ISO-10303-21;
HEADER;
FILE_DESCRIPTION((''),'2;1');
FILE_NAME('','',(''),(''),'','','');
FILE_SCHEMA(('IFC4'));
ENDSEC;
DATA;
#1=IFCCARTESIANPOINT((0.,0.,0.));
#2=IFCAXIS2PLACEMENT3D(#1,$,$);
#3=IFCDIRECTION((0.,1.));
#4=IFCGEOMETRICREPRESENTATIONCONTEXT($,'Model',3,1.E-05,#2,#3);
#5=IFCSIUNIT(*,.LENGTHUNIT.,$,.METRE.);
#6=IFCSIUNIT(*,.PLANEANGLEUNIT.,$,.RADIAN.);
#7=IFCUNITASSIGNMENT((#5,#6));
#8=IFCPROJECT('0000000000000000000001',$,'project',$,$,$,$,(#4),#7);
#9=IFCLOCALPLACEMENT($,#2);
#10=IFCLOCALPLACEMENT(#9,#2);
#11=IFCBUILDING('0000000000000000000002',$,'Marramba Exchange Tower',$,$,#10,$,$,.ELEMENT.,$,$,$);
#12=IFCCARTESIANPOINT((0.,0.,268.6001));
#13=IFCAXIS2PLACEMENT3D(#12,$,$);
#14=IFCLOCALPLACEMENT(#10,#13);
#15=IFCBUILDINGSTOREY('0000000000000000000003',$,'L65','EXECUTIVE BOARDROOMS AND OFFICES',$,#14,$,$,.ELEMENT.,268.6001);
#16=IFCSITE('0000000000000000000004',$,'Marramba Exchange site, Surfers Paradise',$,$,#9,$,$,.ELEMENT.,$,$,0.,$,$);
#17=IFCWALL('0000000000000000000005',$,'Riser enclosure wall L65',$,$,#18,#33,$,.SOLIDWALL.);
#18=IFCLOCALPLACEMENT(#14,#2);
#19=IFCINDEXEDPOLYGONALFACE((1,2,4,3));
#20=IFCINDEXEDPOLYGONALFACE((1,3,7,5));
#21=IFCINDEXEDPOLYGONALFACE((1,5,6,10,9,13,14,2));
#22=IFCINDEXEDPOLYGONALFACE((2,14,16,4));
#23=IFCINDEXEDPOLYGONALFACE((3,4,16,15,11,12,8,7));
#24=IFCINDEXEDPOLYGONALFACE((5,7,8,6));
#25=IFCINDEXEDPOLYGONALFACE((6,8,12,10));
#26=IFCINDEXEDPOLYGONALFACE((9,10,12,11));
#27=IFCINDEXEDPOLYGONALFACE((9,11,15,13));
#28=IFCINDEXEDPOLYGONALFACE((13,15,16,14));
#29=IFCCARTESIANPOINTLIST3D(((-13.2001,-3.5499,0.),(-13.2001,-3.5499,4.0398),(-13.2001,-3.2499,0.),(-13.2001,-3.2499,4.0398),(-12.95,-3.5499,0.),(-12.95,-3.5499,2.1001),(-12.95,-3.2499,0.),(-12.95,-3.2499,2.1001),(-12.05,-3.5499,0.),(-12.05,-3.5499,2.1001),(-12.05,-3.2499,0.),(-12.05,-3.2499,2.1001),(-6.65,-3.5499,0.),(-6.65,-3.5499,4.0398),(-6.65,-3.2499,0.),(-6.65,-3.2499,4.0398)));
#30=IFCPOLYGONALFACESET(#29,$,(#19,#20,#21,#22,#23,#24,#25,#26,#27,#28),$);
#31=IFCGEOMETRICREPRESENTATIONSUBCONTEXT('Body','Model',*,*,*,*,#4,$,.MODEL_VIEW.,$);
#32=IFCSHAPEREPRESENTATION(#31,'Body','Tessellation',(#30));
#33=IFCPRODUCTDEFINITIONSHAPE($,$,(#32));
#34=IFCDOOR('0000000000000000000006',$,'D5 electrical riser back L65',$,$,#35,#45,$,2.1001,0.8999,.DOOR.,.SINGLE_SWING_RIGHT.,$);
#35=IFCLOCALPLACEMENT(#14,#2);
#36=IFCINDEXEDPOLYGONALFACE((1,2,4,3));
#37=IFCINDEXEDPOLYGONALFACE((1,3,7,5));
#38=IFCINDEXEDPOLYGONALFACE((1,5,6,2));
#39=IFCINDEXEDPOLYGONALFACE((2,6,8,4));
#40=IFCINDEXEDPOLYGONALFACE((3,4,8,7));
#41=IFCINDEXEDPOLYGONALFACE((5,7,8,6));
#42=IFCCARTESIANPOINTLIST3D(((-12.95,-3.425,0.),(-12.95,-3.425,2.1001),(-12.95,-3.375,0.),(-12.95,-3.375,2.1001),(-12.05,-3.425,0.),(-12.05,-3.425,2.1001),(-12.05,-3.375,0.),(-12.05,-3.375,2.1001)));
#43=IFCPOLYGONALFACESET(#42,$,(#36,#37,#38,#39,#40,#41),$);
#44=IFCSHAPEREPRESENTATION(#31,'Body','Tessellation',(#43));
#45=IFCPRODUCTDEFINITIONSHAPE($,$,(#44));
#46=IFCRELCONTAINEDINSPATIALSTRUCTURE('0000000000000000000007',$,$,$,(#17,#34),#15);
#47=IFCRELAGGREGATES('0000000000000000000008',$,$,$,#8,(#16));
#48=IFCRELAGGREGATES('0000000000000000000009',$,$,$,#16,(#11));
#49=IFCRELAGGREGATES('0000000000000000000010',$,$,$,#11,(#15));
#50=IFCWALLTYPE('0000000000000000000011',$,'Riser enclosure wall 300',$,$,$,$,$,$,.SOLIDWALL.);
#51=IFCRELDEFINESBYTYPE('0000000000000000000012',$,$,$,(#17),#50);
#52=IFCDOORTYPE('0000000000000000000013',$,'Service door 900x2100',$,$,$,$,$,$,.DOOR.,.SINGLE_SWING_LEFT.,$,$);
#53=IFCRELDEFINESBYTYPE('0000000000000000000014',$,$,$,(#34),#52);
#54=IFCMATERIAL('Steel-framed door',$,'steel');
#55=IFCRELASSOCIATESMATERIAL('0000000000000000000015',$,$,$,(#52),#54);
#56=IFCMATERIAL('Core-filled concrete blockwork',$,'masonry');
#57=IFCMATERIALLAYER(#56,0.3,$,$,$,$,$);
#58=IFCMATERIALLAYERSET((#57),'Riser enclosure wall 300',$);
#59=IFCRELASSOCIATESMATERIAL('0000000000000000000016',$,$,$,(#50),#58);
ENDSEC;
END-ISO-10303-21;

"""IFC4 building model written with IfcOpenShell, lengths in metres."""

from ifc_helpers import new_model, si_unit, direction, frame, frame_2d, origin, place, context, subcontext, project, spatial, rectangle, extrude, material, layer, layer_set, type_object, element, fill, save


model = new_model("IFC4")

# Units and contexts
model_context = context("Model", 3, precision=1e-05, world=origin(), true_north=direction((0.0, 1.0)))
body_context = subcontext(model_context, "Body", "Model", "MODEL_VIEW")
ifc_project = project(units=[si_unit("LENGTHUNIT", "METRE"), si_unit("PLANEANGLEUNIT", "RADIAN")], contexts=[model_context])

# Site, building, storey
site_placement = place(None, origin())
site = spatial("IfcSite", under=ifc_project, at=site_placement, Name="Marramba Exchange site, Surfers Paradise", CompositionType="ELEMENT", RefElevation=0.0)
building_placement = place(site_placement, origin())
building = spatial("IfcBuilding", under=site, at=building_placement, Name="Marramba Exchange Tower", CompositionType="ELEMENT")
storey_placement = place(building_placement, frame((0.0, 0.0, 268.6001)))
storey = spatial("IfcBuildingStorey", under=building, at=storey_placement, Name="L65", Description="EXECUTIVE BOARDROOMS AND OFFICES", CompositionType="ELEMENT", Elevation=268.6001)

# Shared definitions
ifc_material_1 = material(Name="Steel-framed door", Category="steel")
door_type_1 = type_object("IfcDoorType", Name="Service door 900x2100", OperationType="SINGLE_SWING_LEFT", PredefinedType="DOOR", material=ifc_material_1)

# Wall, opening, door
ifc_material_2 = material(Name="Core-filled concrete blockwork", Category="masonry")
ifc_layer_1 = layer(ifc_material_2, 0.3)
ifc_layer_set_1 = layer_set([ifc_layer_1], Name="Riser enclosure wall 300")
wall_type_1 = type_object("IfcWallType", Name="Riser enclosure wall 300", PredefinedType="SOLIDWALL", material=ifc_layer_set_1)
wall_1_placement = place(storey_placement, frame((-13.2, -3.3999, 0.0), z_axis=(0.0, 0.0, 1.0), x_axis=(1.0, 0.0, 0.0)))
wall_1 = element("IfcWall", 1, at=wall_1_placement, inside=storey, type_object=wall_type_1, Name="Riser enclosure wall L65", PredefinedType="SOLIDWALL", context=body_context, shape_type="SweptSolid", body=[
    extrude(rectangle(XDim=6.55, YDim=0.3, at=frame_2d((3.2749, 0.0))), origin(), (0.0, 0.0, 1.0), 4.0398),
])
opening_1_placement = place(wall_1_placement, frame((0.25, 0.0, 0.0)))
opening_1 = element("IfcOpeningElement", 2, at=opening_1_placement, cuts=wall_1, PredefinedType="OPENING", context=body_context, shape_type="SweptSolid", body=[
    extrude(rectangle(XDim=0.8999, YDim=2.1001, at=frame_2d((0.45, 1.05))), frame((0.0, 0.1599, 0.0), z_axis=(0.0, -1.0, 0.0), x_axis=(1.0, 0.0, 0.0)), (0.0, 0.0, 1.0), 0.3201),
])
door_1_placement = place(opening_1_placement, frame((0.8999, 0.0, 0.0), z_axis=(0.0, 0.0, 1.0), x_axis=(-1.0, 0.0, 0.0)))
door_1 = element("IfcDoor", 3, at=door_1_placement, inside=storey, type_object=door_type_1, Name="D5 electrical riser back L65", OperationType="SINGLE_SWING_RIGHT", OverallHeight=2.1001, OverallWidth=0.8999, PredefinedType="DOOR", context=body_context, shape_type="SweptSolid", body=[
    extrude(rectangle(XDim=0.8999, YDim=2.1001, at=frame_2d((0.45, 1.05))), frame((0.0, 0.0251, 0.0), z_axis=(0.0, -1.0, 0.0), x_axis=(1.0, 0.0, 0.0)), (0.0, 0.0, 1.0), 0.05),
])
fill(opening_1, door_1)

save(model, "model.ifc")
